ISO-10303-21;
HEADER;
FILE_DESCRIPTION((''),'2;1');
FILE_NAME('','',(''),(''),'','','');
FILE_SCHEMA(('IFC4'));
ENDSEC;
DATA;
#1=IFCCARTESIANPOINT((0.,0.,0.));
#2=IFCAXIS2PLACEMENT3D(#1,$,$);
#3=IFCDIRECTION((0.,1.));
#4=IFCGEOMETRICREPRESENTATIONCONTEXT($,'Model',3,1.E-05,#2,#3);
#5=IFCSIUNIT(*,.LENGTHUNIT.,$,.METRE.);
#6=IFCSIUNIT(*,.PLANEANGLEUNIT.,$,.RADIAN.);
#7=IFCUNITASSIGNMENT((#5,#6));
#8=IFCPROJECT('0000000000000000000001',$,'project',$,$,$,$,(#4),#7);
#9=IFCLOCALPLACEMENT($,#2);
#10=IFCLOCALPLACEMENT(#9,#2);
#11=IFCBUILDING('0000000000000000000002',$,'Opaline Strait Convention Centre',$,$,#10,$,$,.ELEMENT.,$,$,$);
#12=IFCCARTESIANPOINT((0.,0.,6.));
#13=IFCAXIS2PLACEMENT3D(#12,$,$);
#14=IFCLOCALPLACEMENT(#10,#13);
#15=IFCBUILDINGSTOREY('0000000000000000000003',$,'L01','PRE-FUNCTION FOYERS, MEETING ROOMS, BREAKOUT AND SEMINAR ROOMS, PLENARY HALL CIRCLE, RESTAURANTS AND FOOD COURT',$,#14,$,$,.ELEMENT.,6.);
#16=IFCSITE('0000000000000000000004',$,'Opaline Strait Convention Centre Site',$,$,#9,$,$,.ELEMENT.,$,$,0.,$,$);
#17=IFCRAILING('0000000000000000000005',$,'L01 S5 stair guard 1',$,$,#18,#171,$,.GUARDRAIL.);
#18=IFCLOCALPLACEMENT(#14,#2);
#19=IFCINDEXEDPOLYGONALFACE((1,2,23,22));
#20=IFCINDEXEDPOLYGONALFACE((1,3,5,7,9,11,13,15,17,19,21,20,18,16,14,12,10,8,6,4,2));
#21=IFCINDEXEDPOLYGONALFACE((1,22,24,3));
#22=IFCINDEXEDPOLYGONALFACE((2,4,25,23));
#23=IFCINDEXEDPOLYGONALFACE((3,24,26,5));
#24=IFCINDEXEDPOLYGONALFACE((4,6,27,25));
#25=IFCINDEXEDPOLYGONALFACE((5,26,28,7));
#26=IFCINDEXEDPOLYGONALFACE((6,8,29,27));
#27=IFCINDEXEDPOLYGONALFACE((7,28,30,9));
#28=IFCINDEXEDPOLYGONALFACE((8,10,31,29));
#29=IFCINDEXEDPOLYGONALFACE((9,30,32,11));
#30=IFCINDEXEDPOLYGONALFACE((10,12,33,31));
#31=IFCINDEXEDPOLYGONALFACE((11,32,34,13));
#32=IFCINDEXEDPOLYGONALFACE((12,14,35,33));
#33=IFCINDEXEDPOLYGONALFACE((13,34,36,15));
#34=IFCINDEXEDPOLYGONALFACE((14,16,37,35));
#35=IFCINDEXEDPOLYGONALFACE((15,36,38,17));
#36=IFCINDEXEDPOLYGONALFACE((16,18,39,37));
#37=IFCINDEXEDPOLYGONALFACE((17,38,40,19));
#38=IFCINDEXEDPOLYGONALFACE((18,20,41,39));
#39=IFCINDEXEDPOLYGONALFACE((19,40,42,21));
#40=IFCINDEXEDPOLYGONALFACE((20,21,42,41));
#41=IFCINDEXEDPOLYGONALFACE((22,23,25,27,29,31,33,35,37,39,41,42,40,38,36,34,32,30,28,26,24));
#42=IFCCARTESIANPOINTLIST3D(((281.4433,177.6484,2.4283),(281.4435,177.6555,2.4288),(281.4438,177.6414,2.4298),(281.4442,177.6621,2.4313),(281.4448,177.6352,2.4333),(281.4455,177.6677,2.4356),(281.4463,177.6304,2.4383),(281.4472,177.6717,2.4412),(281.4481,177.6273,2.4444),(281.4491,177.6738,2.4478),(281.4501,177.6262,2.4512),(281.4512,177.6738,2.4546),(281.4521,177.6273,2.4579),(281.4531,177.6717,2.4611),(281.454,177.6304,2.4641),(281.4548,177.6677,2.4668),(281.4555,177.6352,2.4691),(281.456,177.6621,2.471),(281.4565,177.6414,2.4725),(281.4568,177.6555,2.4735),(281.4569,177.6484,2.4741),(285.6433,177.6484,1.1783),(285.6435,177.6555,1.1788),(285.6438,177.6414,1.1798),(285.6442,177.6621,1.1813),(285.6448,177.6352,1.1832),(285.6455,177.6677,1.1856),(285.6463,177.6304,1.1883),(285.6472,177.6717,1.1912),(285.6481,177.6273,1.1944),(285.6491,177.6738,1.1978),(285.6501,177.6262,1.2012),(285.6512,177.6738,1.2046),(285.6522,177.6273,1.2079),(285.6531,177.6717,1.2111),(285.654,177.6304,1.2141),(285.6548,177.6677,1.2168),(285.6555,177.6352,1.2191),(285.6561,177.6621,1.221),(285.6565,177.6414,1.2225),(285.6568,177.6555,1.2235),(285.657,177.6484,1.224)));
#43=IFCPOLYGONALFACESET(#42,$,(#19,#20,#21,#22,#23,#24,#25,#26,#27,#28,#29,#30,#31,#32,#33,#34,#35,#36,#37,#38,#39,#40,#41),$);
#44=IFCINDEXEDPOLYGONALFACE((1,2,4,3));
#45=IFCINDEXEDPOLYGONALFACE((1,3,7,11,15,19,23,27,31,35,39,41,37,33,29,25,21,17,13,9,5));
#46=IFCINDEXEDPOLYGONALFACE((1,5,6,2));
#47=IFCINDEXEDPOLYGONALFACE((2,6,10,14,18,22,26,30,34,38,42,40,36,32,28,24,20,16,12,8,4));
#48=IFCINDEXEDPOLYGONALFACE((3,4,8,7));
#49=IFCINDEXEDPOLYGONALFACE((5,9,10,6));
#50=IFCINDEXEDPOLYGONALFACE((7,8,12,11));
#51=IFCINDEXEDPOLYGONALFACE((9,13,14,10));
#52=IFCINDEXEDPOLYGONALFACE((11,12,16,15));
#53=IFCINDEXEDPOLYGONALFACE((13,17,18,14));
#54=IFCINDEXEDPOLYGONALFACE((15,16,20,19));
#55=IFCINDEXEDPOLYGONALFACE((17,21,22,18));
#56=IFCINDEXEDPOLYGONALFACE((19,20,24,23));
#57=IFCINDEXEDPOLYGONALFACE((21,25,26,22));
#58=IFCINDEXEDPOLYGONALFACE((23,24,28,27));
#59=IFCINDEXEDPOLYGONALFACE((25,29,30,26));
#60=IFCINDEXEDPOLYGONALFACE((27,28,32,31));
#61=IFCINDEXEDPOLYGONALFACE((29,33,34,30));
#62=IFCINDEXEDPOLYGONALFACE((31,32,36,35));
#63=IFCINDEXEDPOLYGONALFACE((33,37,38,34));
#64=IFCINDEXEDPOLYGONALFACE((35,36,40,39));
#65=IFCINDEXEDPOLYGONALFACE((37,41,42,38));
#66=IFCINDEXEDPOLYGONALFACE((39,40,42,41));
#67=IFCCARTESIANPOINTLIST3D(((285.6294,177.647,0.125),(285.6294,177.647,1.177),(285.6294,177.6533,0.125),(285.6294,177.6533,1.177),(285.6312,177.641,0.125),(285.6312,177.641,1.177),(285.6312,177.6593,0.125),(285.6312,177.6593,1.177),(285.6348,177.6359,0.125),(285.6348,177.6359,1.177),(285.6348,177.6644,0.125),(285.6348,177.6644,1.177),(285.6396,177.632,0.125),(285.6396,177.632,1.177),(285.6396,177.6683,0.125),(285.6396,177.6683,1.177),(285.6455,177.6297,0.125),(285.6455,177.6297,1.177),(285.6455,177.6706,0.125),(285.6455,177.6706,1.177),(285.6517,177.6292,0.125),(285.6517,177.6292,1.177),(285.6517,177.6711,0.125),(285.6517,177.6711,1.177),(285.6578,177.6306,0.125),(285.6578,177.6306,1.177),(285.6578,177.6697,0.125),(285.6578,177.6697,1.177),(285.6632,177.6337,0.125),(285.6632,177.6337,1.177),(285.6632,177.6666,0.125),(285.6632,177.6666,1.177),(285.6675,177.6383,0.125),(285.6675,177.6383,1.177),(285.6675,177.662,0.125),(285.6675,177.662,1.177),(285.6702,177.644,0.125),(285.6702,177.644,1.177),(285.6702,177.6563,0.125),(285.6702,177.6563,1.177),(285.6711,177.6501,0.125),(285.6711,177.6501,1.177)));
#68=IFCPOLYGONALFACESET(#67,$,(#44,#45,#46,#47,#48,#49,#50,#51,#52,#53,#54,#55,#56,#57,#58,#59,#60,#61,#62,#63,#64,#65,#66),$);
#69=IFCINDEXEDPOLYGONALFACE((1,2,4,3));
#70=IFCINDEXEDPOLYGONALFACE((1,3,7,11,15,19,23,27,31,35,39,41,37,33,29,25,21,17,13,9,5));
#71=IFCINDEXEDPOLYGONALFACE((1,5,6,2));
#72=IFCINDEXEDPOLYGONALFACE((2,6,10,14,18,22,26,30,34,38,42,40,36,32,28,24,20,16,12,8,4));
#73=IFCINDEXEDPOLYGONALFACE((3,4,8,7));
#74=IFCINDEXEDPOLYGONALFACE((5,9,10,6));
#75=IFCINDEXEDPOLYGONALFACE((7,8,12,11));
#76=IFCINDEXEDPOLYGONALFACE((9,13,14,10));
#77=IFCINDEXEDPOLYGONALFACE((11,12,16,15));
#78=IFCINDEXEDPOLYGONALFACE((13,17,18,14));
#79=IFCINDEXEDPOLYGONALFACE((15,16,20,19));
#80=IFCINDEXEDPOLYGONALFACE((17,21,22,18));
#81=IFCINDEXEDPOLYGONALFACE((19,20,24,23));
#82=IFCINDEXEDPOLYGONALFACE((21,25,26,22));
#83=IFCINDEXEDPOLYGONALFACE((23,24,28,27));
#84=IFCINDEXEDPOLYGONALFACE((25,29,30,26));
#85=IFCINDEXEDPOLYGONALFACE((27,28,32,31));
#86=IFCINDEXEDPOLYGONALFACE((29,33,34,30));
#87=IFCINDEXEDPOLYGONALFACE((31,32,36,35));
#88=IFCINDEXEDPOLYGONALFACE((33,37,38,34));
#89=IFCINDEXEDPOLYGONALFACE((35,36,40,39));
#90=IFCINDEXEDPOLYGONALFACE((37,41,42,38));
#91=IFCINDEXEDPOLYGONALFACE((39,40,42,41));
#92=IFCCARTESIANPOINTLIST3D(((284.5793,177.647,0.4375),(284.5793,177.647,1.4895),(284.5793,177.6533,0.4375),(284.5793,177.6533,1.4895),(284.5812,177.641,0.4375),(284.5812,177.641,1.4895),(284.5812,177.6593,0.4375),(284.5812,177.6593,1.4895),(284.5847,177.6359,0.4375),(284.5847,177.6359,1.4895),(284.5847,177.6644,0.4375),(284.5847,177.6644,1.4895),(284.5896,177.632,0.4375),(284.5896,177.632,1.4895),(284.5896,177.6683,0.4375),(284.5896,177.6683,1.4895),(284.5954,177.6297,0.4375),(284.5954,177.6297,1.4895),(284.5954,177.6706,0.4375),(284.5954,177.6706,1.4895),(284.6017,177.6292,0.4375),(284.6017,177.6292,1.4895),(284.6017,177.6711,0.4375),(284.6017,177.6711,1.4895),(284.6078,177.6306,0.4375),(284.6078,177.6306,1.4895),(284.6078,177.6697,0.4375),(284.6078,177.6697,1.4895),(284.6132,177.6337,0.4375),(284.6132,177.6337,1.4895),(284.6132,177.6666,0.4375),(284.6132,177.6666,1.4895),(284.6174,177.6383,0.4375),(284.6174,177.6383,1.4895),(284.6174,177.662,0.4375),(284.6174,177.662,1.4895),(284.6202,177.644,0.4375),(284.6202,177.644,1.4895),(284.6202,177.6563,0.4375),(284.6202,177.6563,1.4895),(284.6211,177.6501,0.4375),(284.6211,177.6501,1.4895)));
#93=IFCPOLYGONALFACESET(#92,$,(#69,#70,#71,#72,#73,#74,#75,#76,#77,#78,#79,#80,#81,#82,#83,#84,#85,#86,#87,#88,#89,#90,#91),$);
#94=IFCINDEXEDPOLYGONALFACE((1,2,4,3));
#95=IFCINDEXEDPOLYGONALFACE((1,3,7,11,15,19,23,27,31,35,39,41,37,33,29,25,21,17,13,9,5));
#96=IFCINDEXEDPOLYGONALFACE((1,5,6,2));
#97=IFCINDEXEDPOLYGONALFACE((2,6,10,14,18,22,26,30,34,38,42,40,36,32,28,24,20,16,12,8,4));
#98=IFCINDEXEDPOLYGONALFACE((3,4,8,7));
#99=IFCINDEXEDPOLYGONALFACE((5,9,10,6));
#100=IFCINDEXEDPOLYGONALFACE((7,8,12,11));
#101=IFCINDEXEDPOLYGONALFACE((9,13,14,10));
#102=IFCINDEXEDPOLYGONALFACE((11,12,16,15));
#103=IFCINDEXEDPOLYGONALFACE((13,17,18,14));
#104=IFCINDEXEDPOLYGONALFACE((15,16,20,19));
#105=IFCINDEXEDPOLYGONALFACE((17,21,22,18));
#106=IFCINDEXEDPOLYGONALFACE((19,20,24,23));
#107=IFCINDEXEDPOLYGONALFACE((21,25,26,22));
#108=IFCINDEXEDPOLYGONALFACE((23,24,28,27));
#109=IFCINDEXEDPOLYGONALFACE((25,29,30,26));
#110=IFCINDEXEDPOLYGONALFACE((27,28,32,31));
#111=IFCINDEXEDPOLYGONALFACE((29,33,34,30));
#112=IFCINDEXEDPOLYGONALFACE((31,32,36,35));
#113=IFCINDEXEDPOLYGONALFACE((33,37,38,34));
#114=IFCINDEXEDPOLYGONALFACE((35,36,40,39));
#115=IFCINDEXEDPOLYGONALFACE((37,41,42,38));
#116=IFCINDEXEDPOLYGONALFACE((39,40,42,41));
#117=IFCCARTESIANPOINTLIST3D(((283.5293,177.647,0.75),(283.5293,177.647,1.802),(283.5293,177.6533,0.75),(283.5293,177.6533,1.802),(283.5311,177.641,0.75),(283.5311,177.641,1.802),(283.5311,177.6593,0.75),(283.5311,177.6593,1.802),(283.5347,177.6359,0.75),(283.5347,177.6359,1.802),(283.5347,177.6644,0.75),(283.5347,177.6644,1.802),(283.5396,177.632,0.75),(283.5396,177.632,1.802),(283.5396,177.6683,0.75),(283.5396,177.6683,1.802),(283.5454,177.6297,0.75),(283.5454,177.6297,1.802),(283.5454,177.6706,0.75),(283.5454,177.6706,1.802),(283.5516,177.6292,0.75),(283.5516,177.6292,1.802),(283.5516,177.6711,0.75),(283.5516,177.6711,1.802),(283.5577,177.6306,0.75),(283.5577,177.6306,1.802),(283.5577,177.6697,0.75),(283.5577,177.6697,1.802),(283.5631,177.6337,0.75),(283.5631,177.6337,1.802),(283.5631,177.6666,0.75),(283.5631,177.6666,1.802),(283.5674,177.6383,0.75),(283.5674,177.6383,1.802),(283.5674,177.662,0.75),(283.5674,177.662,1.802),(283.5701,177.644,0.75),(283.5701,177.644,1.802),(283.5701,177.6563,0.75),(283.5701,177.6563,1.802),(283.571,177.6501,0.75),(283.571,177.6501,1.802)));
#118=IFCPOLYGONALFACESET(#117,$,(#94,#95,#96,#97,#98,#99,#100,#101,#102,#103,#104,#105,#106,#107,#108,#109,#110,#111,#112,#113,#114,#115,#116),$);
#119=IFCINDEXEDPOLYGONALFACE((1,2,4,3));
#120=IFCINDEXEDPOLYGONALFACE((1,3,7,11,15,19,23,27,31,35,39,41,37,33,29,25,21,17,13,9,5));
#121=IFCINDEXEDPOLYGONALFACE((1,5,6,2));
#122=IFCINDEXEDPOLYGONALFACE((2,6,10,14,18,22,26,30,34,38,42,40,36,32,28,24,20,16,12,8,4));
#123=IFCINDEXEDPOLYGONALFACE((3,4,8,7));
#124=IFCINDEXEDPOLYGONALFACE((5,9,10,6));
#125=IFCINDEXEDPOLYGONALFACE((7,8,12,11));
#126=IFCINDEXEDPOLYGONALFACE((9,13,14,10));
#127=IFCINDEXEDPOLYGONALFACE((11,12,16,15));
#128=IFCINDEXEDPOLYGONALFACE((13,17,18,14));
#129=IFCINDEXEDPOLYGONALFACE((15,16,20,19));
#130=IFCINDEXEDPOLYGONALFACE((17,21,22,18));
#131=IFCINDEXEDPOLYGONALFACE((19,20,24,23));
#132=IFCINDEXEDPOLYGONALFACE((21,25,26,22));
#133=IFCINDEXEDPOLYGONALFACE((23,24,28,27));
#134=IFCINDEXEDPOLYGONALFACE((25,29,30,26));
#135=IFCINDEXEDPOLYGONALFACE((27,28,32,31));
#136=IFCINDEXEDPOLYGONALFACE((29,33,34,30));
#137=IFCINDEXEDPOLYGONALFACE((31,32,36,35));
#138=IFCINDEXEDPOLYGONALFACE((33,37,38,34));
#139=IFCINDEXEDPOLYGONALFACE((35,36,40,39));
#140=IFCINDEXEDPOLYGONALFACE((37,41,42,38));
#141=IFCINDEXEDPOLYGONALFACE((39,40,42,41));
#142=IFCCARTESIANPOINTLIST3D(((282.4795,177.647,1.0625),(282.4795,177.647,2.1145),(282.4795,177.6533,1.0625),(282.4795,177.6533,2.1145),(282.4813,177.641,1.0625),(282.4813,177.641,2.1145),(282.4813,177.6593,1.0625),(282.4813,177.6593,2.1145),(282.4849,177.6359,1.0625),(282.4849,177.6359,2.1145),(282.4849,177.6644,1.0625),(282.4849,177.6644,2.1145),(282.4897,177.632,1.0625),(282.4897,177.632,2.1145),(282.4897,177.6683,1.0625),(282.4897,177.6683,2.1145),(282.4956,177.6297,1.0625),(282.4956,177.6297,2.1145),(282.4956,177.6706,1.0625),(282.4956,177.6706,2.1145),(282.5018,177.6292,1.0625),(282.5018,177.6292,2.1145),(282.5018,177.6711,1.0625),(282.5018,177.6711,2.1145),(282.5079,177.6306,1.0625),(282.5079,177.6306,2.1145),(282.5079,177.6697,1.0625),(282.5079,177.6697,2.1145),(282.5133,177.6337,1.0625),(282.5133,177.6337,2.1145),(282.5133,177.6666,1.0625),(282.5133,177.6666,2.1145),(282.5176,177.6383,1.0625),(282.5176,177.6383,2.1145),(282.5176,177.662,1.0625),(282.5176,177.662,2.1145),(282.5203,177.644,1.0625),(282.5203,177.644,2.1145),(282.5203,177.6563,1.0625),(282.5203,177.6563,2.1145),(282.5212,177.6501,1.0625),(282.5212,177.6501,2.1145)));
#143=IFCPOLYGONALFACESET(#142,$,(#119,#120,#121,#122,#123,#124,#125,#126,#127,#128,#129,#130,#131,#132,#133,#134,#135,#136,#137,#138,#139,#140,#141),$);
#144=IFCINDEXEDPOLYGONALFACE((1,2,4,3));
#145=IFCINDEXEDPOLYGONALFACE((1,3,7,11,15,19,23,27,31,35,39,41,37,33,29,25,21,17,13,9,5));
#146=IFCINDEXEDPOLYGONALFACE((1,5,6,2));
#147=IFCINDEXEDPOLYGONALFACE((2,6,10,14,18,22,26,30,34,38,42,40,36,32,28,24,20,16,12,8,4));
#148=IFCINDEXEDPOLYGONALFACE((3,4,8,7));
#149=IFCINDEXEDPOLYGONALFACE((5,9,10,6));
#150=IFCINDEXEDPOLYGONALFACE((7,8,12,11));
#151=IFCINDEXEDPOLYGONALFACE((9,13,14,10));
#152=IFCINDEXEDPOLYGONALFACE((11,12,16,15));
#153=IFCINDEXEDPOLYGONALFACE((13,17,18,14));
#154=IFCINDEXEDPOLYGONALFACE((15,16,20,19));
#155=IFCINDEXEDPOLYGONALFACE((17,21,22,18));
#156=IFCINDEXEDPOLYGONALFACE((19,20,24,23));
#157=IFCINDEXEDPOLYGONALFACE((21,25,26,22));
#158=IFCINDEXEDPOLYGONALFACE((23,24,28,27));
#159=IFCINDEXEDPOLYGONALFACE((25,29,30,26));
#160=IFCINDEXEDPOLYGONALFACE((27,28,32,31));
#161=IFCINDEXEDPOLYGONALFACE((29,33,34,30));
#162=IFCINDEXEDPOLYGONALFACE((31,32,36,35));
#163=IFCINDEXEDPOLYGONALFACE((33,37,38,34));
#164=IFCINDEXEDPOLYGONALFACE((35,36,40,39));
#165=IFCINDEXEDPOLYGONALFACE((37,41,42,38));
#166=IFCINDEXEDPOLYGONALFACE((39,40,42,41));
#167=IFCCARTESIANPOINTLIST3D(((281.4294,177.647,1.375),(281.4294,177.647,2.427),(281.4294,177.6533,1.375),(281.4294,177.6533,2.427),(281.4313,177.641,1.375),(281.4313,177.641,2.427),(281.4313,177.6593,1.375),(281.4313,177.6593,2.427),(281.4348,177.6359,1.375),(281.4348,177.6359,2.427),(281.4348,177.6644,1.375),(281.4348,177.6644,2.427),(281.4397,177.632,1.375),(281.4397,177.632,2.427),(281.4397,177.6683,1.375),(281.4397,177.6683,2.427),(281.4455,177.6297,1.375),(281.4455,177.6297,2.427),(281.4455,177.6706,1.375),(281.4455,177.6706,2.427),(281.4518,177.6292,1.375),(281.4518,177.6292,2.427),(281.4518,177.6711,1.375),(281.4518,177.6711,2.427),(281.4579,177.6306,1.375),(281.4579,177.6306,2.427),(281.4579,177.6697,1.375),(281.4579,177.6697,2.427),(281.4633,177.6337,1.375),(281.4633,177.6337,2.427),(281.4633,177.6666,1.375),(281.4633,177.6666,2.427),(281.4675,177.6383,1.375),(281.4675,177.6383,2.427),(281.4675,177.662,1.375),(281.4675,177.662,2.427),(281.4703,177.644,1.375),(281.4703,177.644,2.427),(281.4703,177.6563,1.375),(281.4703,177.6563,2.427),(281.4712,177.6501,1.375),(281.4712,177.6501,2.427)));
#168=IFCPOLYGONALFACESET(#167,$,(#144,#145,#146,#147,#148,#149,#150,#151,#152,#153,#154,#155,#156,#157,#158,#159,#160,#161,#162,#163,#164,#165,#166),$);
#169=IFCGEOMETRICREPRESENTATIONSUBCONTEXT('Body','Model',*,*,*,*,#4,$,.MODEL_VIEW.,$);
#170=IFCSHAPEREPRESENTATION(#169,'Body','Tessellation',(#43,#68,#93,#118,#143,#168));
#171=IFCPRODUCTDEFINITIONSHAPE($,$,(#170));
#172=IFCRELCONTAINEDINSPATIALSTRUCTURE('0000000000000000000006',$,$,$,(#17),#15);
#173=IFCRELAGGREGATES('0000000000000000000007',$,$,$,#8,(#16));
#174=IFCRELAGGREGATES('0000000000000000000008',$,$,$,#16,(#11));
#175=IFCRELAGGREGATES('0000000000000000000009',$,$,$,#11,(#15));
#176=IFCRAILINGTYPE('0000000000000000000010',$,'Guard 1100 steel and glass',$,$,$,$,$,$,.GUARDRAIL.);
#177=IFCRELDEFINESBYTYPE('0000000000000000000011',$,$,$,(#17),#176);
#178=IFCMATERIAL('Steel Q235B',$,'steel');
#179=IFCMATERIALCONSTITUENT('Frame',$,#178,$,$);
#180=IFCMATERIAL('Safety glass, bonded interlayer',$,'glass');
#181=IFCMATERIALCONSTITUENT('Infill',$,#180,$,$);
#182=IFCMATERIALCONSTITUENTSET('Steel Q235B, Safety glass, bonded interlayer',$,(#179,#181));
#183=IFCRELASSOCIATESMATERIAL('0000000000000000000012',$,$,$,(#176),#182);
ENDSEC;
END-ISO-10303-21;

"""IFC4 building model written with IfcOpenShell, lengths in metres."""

from ifc_helpers import new_model, si_unit, direction, frame, origin, origin_2d, place, context, subcontext, project, spatial, circle, extrude, material, constituent, constituent_set, type_object, element, save


model = new_model("IFC4")

# Units and contexts
model_context = context("Model", 3, precision=1e-05, world=origin(), true_north=direction((0.0, 1.0)))
body_context = subcontext(model_context, "Body", "Model", "MODEL_VIEW")
ifc_project = project(units=[si_unit("LENGTHUNIT", "METRE"), si_unit("PLANEANGLEUNIT", "RADIAN")], contexts=[model_context])

# Site, building, storey
site_placement = place(None, origin())
site = spatial("IfcSite", under=ifc_project, at=site_placement, Name="Opaline Strait Convention Centre Site", CompositionType="ELEMENT", RefElevation=0.0)
building_placement = place(site_placement, origin())
building = spatial("IfcBuilding", under=site, at=building_placement, Name="Opaline Strait Convention Centre", CompositionType="ELEMENT")
storey_placement = place(building_placement, frame((0.0, 0.0, 6.0)))
storey = spatial("IfcBuildingStorey", under=building, at=storey_placement, Name="L01", Description="PRE-FUNCTION FOYERS, MEETING ROOMS, BREAKOUT AND SEMINAR ROOMS, PLENARY HALL CIRCLE, RESTAURANTS AND FOOD COURT", CompositionType="ELEMENT", Elevation=6.0)

# Railing
ifc_material_1 = material(Name="Steel Q235B", Category="steel")
ifc_constituent_1 = constituent(ifc_material_1, Name="Frame")
ifc_material_2 = material(Name="Safety glass, bonded interlayer", Category="glass")
ifc_constituent_2 = constituent(ifc_material_2, Name="Infill")
ifc_constituent_set = constituent_set(constituents=[ifc_constituent_1, ifc_constituent_2], Name="Steel Q235B, Safety glass, bonded interlayer")
railing_type = type_object("IfcRailingType", Name="Guard 1100 steel and glass", PredefinedType="GUARDRAIL", material=ifc_constituent_set)
railing_1_placement = place(storey_placement, frame((285.6501, 177.6501, 0.125)))
element("IfcRailing", 1, at=railing_1_placement, inside=storey, type_object=railing_type, Name="L01 S5 stair guard 1", PredefinedType="GUARDRAIL", context=body_context, shape_type="SweptSolid", body=[
    extrude(circle(Radius=0.0239, at=origin_2d()), frame((0.0, 0.0, 1.0762), z_axis=(-0.958451, 0.0, 0.285257), x_axis=(0.0, -1.0, 0.0)), (0.0, 0.0, 1.0), 4.3821),
    extrude(circle(Radius=0.021, at=origin_2d()), origin(), (0.0, 0.0, 1.0), 1.052),
    extrude(circle(Radius=0.021, at=origin_2d()), frame((-1.05, 0.0, 0.3125)), (0.0, 0.0, 1.0), 1.052),
    extrude(circle(Radius=0.021, at=origin_2d()), frame((-2.1001, 0.0, 0.625)), (0.0, 0.0, 1.0), 1.052),
    extrude(circle(Radius=0.021, at=origin_2d()), frame((-3.1499, 0.0, 0.9375)), (0.0, 0.0, 1.0), 1.052),
    extrude(circle(Radius=0.021, at=origin_2d()), frame((-4.2, 0.0, 1.25)), (0.0, 0.0, 1.0), 1.052),
])

save(model, "model.ifc")
